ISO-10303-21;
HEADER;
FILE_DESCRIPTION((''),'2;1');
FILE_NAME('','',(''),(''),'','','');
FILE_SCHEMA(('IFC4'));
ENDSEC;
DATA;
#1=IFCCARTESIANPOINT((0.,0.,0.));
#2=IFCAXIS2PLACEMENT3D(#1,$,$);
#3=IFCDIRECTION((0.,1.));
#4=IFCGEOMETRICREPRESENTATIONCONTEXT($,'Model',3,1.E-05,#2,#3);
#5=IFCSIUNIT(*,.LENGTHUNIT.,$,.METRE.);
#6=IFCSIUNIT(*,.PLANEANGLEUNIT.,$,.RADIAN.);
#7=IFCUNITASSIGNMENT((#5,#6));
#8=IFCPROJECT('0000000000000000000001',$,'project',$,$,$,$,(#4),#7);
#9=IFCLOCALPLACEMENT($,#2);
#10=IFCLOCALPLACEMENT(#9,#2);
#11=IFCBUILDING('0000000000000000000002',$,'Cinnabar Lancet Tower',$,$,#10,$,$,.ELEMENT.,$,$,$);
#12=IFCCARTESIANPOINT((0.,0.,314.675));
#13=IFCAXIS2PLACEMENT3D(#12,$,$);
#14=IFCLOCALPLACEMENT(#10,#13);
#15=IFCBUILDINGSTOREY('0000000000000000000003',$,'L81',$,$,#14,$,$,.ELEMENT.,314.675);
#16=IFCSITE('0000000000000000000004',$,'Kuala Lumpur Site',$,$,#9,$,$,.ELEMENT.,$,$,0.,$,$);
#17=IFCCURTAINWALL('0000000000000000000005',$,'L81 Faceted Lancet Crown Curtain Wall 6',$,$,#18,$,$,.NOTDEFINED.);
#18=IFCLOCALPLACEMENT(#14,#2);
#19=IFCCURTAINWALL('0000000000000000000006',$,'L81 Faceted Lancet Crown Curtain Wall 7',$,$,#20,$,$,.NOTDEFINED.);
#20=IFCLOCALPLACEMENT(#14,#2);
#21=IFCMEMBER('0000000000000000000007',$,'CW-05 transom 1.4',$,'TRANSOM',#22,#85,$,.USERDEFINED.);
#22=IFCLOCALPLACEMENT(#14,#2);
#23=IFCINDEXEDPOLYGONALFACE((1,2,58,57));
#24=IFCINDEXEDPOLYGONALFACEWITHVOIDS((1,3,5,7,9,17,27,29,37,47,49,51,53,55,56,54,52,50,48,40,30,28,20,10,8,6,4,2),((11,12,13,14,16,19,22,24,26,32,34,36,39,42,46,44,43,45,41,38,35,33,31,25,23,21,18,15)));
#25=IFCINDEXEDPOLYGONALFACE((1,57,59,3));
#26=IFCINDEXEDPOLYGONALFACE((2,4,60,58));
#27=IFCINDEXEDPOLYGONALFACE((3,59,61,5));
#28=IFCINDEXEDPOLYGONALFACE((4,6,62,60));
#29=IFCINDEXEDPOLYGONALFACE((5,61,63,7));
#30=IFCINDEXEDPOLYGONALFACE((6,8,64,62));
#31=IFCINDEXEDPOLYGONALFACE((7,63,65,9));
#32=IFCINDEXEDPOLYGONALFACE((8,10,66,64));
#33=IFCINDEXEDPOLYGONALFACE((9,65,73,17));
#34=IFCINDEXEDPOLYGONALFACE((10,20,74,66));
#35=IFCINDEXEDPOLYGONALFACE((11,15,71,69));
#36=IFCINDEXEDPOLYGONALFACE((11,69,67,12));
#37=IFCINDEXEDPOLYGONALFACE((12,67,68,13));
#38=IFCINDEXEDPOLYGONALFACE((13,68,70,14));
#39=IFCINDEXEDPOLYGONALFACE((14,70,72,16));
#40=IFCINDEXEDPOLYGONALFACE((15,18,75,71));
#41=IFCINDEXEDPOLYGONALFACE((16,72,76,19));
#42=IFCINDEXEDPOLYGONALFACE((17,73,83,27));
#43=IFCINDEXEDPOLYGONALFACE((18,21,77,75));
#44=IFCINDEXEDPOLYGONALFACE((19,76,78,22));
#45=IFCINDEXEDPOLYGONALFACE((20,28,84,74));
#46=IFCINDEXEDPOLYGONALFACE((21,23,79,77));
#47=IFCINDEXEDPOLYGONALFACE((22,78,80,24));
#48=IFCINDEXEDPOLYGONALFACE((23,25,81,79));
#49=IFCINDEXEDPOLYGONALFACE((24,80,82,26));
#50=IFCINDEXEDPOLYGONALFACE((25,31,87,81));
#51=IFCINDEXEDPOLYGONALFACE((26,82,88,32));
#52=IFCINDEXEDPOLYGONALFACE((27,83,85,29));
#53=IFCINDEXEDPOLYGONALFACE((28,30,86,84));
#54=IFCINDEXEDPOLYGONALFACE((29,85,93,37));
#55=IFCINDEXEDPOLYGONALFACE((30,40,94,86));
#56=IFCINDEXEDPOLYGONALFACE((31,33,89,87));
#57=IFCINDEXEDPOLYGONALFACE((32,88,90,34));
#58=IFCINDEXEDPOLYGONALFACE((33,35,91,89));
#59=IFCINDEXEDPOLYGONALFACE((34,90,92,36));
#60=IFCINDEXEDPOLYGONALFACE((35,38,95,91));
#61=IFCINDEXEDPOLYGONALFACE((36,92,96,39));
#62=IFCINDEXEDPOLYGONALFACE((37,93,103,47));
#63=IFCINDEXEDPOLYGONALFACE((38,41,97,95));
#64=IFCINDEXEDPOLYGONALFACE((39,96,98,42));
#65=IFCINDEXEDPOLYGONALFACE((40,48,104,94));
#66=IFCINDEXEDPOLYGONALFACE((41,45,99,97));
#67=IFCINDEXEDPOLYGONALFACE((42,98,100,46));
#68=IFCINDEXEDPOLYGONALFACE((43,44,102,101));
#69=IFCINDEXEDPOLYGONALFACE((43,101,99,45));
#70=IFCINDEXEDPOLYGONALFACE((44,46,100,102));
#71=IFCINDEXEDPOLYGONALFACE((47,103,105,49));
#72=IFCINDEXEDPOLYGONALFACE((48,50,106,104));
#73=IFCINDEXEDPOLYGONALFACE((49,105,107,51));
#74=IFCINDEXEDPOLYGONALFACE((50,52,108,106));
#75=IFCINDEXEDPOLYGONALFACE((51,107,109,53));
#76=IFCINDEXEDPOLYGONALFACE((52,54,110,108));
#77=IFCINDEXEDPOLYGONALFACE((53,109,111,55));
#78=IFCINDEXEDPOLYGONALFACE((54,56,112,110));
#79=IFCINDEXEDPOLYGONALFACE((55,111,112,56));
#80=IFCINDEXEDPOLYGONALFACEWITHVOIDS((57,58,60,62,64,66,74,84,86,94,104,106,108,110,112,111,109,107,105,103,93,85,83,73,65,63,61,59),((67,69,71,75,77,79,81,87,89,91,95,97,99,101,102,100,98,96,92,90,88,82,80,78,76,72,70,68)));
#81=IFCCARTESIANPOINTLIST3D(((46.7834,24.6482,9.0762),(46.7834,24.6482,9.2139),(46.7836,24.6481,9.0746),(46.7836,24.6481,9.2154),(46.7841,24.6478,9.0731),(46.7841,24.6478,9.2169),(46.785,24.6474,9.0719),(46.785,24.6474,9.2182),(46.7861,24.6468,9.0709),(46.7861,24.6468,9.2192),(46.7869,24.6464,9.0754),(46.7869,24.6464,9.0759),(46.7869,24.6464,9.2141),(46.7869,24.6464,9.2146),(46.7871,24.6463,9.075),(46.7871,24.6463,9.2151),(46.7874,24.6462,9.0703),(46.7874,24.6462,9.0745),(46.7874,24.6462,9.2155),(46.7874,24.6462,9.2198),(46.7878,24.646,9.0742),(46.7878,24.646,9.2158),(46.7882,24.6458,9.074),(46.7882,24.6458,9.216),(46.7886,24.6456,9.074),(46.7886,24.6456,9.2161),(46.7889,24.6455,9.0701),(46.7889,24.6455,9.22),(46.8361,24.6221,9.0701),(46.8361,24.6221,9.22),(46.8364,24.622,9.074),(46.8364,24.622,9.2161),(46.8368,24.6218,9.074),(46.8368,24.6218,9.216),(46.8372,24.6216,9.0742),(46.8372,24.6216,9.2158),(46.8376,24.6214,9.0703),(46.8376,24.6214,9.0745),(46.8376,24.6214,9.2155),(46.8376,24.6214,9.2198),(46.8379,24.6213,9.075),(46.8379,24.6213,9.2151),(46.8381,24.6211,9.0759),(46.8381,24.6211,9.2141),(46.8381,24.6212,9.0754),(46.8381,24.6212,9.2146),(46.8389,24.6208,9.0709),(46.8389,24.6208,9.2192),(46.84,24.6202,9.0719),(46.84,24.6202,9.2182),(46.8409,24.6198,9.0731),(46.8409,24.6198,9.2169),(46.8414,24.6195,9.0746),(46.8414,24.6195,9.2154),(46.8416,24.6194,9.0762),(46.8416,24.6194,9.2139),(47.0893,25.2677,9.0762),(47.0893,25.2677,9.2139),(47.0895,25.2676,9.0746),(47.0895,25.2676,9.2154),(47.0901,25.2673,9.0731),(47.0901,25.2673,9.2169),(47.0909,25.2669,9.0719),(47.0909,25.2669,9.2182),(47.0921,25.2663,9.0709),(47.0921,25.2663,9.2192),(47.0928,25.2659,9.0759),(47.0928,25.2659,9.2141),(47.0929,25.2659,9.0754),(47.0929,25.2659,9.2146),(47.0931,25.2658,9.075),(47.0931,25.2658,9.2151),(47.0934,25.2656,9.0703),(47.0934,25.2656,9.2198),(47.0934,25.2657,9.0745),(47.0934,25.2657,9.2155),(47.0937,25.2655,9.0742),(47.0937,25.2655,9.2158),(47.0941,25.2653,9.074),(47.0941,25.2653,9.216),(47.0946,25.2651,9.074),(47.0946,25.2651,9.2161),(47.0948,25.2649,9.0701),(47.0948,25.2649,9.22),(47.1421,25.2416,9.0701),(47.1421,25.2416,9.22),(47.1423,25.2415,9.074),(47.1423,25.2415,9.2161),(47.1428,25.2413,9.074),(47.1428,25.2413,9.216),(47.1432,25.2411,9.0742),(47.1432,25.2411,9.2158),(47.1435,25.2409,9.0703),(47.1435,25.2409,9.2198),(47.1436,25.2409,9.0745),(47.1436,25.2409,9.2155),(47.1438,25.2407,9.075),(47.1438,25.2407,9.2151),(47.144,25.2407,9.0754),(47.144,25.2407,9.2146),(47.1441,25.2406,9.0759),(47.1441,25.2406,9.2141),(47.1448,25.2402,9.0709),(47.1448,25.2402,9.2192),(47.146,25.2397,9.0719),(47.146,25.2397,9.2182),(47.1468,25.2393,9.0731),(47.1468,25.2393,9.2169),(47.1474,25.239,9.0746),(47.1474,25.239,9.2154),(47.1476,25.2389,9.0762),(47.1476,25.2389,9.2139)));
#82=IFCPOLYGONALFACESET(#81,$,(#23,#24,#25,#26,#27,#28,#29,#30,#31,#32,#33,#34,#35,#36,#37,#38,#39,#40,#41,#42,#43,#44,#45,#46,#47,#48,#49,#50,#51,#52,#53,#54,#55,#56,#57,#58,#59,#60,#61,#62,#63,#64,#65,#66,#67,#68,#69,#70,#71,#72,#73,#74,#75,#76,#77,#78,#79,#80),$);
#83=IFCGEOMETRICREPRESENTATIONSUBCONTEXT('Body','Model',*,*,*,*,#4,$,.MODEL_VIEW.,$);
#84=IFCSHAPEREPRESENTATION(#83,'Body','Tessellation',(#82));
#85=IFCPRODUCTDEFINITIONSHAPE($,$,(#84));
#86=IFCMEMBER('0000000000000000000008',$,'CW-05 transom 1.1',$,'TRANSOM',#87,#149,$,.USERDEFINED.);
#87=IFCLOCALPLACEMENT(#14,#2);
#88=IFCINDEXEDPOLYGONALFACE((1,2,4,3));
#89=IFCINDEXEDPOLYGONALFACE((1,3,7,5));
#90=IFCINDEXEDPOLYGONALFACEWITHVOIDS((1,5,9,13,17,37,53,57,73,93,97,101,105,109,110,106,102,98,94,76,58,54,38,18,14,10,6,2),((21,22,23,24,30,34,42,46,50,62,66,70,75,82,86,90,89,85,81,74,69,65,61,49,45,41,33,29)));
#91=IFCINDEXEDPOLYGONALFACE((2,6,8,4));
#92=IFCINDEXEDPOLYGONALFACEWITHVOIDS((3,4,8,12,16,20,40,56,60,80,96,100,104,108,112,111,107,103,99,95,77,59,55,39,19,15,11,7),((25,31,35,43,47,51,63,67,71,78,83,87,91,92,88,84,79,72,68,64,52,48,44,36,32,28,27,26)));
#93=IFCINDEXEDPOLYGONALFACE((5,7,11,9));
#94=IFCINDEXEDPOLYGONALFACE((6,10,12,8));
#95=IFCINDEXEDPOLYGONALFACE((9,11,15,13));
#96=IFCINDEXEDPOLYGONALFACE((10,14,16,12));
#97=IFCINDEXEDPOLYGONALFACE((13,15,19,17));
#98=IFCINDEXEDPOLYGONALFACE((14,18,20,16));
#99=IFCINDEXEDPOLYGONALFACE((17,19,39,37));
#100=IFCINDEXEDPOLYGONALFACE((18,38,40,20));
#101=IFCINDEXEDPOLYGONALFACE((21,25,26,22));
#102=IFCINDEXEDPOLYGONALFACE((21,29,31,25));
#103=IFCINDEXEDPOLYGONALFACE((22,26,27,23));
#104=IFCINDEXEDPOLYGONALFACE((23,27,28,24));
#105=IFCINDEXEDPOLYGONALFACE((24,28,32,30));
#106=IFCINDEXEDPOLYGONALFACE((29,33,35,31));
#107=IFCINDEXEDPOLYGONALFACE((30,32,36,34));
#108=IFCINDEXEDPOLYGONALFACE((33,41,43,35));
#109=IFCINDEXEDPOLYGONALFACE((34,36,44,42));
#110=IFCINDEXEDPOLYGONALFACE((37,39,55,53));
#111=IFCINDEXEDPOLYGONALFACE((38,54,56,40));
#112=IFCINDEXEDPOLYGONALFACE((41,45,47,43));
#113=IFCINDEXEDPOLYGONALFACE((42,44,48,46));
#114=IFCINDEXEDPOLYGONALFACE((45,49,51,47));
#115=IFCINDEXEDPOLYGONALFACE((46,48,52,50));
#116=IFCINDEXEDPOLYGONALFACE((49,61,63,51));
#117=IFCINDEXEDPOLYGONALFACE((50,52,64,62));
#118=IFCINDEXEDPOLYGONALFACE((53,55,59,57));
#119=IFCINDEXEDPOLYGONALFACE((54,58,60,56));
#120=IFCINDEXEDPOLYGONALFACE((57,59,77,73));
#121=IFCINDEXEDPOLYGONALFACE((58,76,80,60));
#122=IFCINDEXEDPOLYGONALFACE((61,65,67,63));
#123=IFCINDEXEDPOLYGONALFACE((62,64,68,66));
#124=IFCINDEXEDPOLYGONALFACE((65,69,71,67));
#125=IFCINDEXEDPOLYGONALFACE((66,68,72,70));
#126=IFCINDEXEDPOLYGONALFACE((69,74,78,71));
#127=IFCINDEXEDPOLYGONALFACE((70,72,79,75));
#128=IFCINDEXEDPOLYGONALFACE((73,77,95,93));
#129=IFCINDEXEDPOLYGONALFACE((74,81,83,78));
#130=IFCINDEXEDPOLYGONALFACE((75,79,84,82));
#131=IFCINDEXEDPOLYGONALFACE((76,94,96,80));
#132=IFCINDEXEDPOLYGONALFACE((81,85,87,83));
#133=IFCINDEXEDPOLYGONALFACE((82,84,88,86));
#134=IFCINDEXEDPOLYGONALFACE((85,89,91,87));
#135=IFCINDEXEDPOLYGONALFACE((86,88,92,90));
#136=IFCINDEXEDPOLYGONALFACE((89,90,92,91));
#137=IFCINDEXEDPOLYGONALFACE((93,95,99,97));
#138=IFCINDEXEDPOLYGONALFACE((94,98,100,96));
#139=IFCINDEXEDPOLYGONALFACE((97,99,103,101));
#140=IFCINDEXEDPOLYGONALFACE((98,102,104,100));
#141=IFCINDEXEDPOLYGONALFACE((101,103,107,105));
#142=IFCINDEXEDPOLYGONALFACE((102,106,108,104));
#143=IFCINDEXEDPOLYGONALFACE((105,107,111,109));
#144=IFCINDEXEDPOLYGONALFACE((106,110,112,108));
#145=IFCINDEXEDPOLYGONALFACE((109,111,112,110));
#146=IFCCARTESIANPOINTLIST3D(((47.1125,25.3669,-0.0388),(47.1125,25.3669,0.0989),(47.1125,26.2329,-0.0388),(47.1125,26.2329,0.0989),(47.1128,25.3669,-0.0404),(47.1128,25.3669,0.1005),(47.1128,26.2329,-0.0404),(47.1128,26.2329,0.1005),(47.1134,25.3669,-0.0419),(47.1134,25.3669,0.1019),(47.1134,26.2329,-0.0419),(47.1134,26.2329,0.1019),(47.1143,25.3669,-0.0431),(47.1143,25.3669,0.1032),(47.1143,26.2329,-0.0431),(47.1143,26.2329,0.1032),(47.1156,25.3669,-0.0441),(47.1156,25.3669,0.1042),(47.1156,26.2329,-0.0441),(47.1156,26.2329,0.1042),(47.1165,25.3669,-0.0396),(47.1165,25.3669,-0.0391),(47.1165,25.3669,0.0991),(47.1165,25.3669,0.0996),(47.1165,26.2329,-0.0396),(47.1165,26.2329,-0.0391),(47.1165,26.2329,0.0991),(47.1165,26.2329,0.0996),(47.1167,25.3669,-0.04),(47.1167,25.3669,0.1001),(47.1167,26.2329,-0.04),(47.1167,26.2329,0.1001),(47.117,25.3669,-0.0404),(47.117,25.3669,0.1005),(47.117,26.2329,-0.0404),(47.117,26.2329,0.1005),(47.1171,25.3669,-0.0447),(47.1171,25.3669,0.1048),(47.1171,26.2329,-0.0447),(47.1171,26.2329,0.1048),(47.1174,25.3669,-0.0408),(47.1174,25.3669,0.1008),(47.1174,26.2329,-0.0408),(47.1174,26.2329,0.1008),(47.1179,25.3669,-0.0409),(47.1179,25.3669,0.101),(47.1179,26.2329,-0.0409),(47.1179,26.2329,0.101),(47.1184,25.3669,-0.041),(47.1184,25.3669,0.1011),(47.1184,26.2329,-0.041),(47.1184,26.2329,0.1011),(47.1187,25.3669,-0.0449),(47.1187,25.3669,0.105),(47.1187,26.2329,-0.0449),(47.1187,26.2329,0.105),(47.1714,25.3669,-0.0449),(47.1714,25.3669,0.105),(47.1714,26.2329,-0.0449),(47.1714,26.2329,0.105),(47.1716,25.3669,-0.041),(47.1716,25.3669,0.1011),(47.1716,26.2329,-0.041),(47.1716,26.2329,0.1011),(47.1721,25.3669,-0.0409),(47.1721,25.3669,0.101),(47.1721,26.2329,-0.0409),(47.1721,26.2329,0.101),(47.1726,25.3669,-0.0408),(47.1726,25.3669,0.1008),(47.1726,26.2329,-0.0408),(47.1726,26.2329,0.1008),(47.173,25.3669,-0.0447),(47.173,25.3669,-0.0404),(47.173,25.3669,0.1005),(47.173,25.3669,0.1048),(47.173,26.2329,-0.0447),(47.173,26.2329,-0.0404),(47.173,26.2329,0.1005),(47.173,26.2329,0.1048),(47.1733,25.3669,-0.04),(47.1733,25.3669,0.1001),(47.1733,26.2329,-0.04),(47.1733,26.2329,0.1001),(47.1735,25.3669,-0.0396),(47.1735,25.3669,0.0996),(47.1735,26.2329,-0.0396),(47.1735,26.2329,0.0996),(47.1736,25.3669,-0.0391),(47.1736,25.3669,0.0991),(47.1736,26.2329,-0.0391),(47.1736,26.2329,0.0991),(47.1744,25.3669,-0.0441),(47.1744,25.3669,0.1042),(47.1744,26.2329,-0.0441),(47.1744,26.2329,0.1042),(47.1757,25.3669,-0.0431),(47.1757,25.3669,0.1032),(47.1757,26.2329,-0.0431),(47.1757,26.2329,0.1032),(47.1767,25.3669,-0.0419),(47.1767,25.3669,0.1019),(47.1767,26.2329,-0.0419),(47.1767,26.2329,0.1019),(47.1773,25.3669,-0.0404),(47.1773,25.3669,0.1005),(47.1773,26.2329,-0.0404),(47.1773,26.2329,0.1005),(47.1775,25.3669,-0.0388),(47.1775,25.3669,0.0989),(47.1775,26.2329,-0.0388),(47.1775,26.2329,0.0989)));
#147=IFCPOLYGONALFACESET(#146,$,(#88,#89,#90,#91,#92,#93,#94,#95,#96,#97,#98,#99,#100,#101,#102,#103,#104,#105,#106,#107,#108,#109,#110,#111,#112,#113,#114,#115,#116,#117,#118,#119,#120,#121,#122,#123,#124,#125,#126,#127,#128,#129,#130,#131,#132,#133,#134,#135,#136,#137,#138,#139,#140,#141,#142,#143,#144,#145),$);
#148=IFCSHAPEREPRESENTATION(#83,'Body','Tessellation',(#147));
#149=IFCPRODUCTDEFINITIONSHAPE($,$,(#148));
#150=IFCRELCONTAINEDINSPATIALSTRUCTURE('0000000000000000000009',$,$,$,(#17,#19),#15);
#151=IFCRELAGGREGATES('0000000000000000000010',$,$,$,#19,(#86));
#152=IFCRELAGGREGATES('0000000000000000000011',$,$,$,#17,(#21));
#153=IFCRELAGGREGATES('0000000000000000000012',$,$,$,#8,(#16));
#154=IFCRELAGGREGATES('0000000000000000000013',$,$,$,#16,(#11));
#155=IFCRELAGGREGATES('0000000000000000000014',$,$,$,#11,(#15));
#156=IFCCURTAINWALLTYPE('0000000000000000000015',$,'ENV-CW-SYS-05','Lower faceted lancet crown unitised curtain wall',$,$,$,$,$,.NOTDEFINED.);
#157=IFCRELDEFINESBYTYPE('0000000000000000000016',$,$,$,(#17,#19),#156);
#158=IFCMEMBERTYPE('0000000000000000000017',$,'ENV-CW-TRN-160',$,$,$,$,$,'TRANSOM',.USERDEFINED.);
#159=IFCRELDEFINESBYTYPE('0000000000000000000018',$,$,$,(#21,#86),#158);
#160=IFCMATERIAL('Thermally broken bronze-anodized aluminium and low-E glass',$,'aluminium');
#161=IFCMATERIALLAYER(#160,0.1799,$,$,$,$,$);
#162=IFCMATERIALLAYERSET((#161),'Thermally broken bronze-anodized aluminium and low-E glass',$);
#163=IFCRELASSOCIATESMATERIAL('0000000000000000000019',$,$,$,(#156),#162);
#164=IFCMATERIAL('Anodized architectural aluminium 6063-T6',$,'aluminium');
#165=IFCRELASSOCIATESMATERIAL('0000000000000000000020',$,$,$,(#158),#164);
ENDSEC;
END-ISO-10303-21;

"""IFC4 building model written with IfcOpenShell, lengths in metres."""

from ifc_helpers import new_model, si_unit, direction, frame, origin, origin_2d, place, context, subcontext, project, spatial, hollow_rectangle, extrude, material, layer, layer_set, material_profile, profile_set, type_object, element, aggregate, save


model = new_model("IFC4")

# Units and contexts
model_context = context("Model", 3, precision=1e-05, world=origin(), true_north=direction((0.0, 1.0)))
body_context = subcontext(model_context, "Body", "Model", "MODEL_VIEW")
ifc_project = project(units=[si_unit("LENGTHUNIT", "METRE"), si_unit("PLANEANGLEUNIT", "RADIAN")], contexts=[model_context])

# Site, building, storey
site_placement = place(None, origin())
site = spatial("IfcSite", under=ifc_project, at=site_placement, Name="Kuala Lumpur Site", CompositionType="ELEMENT", RefElevation=0.0)
building_placement = place(site_placement, origin())
building = spatial("IfcBuilding", under=site, at=building_placement, Name="Cinnabar Lancet Tower", CompositionType="ELEMENT")
storey_placement = place(building_placement, frame((0.0, 0.0, 314.675)))
storey = spatial("IfcBuildingStorey", under=building, at=storey_placement, Name="L81", CompositionType="ELEMENT", Elevation=314.675)

# Curtain wall
ifc_material_1 = material(Name="Thermally broken bronze-anodized aluminium and low-E glass", Category="aluminium")
ifc_layer_1 = layer(ifc_material_1, 0.1799)
ifc_layer_set_1 = layer_set([ifc_layer_1], Name="Thermally broken bronze-anodized aluminium and low-E glass")
curtain_wall_type = type_object("IfcCurtainWallType", Name="ENV-CW-SYS-05", Description="Lower faceted lancet crown unitised curtain wall", PredefinedType="NOTDEFINED", material=ifc_layer_set_1)
curtain_wall_1_placement = place(storey_placement, origin())
curtain_wall_1 = element("IfcCurtainWall", 1, at=curtain_wall_1_placement, inside=storey, type_object=curtain_wall_type, Name="L81 Faceted Lancet Crown Curtain Wall 6", PredefinedType="NOTDEFINED")

# Curtain wall
curtain_wall_2_placement = place(storey_placement, origin())
curtain_wall_2 = element("IfcCurtainWall", 2, at=curtain_wall_2_placement, inside=storey, type_object=curtain_wall_type, Name="L81 Faceted Lancet Crown Curtain Wall 7", PredefinedType="NOTDEFINED")

# Members
ifc_material_2 = material(Name="Anodized architectural aluminium 6063-T6", Category="aluminium")
ifc_material_profile_1 = material_profile(ifc_material_2, hollow_rectangle(XDim=0.0649, YDim=0.1499, WallThickness=0.0039, InnerFilletRadius=0.002, OuterFilletRadius=0.0061, at=origin_2d()), Name="CW-TRN 150x65x4")
ifc_profile_set_1 = profile_set([ifc_material_profile_1], Name="Anodized architectural aluminium 6063-T6")
member_type_1 = type_object("IfcMemberType", Name="ENV-CW-TRN-160", ElementType="TRANSOM", PredefinedType="USERDEFINED", material=ifc_profile_set_1)
member_1_placement = place(storey_placement, frame((46.8125, 24.6338, 9.145), z_axis=(0.442826, 0.896608, 0.0), x_axis=(-0.896608, 0.442826, 0.0)))
member_1 = element("IfcMember", 3, at=member_1_placement, type_object=member_type_1, Name="CW-05 transom 1.4", ObjectType="TRANSOM", PredefinedType="USERDEFINED", context=body_context, shape_type="SweptSolid", body=[
    extrude(hollow_rectangle(XDim=0.0649, YDim=0.1499, WallThickness=0.0039, InnerFilletRadius=0.002, OuterFilletRadius=0.0061, at=origin_2d()), origin(), (0.0, 0.0, 1.0), 0.6909),
])
member_2_placement = place(storey_placement, frame((47.145, 25.3669, 0.03), z_axis=(0.0, 1.0, 0.0), x_axis=(-1.0, 0.0, 0.0)))
member_2 = element("IfcMember", 4, at=member_2_placement, type_object=member_type_1, Name="CW-05 transom 1.1", ObjectType="TRANSOM", PredefinedType="USERDEFINED", context=body_context, shape_type="SweptSolid", body=[
    extrude(hollow_rectangle(XDim=0.0649, YDim=0.1499, WallThickness=0.0039, InnerFilletRadius=0.002, OuterFilletRadius=0.0061, at=origin_2d()), origin(), (0.0, 0.0, 1.0), 0.866),
])
aggregate(curtain_wall_2, [member_2])

aggregate(curtain_wall_1, [member_1])

save(model, "model.ifc")
